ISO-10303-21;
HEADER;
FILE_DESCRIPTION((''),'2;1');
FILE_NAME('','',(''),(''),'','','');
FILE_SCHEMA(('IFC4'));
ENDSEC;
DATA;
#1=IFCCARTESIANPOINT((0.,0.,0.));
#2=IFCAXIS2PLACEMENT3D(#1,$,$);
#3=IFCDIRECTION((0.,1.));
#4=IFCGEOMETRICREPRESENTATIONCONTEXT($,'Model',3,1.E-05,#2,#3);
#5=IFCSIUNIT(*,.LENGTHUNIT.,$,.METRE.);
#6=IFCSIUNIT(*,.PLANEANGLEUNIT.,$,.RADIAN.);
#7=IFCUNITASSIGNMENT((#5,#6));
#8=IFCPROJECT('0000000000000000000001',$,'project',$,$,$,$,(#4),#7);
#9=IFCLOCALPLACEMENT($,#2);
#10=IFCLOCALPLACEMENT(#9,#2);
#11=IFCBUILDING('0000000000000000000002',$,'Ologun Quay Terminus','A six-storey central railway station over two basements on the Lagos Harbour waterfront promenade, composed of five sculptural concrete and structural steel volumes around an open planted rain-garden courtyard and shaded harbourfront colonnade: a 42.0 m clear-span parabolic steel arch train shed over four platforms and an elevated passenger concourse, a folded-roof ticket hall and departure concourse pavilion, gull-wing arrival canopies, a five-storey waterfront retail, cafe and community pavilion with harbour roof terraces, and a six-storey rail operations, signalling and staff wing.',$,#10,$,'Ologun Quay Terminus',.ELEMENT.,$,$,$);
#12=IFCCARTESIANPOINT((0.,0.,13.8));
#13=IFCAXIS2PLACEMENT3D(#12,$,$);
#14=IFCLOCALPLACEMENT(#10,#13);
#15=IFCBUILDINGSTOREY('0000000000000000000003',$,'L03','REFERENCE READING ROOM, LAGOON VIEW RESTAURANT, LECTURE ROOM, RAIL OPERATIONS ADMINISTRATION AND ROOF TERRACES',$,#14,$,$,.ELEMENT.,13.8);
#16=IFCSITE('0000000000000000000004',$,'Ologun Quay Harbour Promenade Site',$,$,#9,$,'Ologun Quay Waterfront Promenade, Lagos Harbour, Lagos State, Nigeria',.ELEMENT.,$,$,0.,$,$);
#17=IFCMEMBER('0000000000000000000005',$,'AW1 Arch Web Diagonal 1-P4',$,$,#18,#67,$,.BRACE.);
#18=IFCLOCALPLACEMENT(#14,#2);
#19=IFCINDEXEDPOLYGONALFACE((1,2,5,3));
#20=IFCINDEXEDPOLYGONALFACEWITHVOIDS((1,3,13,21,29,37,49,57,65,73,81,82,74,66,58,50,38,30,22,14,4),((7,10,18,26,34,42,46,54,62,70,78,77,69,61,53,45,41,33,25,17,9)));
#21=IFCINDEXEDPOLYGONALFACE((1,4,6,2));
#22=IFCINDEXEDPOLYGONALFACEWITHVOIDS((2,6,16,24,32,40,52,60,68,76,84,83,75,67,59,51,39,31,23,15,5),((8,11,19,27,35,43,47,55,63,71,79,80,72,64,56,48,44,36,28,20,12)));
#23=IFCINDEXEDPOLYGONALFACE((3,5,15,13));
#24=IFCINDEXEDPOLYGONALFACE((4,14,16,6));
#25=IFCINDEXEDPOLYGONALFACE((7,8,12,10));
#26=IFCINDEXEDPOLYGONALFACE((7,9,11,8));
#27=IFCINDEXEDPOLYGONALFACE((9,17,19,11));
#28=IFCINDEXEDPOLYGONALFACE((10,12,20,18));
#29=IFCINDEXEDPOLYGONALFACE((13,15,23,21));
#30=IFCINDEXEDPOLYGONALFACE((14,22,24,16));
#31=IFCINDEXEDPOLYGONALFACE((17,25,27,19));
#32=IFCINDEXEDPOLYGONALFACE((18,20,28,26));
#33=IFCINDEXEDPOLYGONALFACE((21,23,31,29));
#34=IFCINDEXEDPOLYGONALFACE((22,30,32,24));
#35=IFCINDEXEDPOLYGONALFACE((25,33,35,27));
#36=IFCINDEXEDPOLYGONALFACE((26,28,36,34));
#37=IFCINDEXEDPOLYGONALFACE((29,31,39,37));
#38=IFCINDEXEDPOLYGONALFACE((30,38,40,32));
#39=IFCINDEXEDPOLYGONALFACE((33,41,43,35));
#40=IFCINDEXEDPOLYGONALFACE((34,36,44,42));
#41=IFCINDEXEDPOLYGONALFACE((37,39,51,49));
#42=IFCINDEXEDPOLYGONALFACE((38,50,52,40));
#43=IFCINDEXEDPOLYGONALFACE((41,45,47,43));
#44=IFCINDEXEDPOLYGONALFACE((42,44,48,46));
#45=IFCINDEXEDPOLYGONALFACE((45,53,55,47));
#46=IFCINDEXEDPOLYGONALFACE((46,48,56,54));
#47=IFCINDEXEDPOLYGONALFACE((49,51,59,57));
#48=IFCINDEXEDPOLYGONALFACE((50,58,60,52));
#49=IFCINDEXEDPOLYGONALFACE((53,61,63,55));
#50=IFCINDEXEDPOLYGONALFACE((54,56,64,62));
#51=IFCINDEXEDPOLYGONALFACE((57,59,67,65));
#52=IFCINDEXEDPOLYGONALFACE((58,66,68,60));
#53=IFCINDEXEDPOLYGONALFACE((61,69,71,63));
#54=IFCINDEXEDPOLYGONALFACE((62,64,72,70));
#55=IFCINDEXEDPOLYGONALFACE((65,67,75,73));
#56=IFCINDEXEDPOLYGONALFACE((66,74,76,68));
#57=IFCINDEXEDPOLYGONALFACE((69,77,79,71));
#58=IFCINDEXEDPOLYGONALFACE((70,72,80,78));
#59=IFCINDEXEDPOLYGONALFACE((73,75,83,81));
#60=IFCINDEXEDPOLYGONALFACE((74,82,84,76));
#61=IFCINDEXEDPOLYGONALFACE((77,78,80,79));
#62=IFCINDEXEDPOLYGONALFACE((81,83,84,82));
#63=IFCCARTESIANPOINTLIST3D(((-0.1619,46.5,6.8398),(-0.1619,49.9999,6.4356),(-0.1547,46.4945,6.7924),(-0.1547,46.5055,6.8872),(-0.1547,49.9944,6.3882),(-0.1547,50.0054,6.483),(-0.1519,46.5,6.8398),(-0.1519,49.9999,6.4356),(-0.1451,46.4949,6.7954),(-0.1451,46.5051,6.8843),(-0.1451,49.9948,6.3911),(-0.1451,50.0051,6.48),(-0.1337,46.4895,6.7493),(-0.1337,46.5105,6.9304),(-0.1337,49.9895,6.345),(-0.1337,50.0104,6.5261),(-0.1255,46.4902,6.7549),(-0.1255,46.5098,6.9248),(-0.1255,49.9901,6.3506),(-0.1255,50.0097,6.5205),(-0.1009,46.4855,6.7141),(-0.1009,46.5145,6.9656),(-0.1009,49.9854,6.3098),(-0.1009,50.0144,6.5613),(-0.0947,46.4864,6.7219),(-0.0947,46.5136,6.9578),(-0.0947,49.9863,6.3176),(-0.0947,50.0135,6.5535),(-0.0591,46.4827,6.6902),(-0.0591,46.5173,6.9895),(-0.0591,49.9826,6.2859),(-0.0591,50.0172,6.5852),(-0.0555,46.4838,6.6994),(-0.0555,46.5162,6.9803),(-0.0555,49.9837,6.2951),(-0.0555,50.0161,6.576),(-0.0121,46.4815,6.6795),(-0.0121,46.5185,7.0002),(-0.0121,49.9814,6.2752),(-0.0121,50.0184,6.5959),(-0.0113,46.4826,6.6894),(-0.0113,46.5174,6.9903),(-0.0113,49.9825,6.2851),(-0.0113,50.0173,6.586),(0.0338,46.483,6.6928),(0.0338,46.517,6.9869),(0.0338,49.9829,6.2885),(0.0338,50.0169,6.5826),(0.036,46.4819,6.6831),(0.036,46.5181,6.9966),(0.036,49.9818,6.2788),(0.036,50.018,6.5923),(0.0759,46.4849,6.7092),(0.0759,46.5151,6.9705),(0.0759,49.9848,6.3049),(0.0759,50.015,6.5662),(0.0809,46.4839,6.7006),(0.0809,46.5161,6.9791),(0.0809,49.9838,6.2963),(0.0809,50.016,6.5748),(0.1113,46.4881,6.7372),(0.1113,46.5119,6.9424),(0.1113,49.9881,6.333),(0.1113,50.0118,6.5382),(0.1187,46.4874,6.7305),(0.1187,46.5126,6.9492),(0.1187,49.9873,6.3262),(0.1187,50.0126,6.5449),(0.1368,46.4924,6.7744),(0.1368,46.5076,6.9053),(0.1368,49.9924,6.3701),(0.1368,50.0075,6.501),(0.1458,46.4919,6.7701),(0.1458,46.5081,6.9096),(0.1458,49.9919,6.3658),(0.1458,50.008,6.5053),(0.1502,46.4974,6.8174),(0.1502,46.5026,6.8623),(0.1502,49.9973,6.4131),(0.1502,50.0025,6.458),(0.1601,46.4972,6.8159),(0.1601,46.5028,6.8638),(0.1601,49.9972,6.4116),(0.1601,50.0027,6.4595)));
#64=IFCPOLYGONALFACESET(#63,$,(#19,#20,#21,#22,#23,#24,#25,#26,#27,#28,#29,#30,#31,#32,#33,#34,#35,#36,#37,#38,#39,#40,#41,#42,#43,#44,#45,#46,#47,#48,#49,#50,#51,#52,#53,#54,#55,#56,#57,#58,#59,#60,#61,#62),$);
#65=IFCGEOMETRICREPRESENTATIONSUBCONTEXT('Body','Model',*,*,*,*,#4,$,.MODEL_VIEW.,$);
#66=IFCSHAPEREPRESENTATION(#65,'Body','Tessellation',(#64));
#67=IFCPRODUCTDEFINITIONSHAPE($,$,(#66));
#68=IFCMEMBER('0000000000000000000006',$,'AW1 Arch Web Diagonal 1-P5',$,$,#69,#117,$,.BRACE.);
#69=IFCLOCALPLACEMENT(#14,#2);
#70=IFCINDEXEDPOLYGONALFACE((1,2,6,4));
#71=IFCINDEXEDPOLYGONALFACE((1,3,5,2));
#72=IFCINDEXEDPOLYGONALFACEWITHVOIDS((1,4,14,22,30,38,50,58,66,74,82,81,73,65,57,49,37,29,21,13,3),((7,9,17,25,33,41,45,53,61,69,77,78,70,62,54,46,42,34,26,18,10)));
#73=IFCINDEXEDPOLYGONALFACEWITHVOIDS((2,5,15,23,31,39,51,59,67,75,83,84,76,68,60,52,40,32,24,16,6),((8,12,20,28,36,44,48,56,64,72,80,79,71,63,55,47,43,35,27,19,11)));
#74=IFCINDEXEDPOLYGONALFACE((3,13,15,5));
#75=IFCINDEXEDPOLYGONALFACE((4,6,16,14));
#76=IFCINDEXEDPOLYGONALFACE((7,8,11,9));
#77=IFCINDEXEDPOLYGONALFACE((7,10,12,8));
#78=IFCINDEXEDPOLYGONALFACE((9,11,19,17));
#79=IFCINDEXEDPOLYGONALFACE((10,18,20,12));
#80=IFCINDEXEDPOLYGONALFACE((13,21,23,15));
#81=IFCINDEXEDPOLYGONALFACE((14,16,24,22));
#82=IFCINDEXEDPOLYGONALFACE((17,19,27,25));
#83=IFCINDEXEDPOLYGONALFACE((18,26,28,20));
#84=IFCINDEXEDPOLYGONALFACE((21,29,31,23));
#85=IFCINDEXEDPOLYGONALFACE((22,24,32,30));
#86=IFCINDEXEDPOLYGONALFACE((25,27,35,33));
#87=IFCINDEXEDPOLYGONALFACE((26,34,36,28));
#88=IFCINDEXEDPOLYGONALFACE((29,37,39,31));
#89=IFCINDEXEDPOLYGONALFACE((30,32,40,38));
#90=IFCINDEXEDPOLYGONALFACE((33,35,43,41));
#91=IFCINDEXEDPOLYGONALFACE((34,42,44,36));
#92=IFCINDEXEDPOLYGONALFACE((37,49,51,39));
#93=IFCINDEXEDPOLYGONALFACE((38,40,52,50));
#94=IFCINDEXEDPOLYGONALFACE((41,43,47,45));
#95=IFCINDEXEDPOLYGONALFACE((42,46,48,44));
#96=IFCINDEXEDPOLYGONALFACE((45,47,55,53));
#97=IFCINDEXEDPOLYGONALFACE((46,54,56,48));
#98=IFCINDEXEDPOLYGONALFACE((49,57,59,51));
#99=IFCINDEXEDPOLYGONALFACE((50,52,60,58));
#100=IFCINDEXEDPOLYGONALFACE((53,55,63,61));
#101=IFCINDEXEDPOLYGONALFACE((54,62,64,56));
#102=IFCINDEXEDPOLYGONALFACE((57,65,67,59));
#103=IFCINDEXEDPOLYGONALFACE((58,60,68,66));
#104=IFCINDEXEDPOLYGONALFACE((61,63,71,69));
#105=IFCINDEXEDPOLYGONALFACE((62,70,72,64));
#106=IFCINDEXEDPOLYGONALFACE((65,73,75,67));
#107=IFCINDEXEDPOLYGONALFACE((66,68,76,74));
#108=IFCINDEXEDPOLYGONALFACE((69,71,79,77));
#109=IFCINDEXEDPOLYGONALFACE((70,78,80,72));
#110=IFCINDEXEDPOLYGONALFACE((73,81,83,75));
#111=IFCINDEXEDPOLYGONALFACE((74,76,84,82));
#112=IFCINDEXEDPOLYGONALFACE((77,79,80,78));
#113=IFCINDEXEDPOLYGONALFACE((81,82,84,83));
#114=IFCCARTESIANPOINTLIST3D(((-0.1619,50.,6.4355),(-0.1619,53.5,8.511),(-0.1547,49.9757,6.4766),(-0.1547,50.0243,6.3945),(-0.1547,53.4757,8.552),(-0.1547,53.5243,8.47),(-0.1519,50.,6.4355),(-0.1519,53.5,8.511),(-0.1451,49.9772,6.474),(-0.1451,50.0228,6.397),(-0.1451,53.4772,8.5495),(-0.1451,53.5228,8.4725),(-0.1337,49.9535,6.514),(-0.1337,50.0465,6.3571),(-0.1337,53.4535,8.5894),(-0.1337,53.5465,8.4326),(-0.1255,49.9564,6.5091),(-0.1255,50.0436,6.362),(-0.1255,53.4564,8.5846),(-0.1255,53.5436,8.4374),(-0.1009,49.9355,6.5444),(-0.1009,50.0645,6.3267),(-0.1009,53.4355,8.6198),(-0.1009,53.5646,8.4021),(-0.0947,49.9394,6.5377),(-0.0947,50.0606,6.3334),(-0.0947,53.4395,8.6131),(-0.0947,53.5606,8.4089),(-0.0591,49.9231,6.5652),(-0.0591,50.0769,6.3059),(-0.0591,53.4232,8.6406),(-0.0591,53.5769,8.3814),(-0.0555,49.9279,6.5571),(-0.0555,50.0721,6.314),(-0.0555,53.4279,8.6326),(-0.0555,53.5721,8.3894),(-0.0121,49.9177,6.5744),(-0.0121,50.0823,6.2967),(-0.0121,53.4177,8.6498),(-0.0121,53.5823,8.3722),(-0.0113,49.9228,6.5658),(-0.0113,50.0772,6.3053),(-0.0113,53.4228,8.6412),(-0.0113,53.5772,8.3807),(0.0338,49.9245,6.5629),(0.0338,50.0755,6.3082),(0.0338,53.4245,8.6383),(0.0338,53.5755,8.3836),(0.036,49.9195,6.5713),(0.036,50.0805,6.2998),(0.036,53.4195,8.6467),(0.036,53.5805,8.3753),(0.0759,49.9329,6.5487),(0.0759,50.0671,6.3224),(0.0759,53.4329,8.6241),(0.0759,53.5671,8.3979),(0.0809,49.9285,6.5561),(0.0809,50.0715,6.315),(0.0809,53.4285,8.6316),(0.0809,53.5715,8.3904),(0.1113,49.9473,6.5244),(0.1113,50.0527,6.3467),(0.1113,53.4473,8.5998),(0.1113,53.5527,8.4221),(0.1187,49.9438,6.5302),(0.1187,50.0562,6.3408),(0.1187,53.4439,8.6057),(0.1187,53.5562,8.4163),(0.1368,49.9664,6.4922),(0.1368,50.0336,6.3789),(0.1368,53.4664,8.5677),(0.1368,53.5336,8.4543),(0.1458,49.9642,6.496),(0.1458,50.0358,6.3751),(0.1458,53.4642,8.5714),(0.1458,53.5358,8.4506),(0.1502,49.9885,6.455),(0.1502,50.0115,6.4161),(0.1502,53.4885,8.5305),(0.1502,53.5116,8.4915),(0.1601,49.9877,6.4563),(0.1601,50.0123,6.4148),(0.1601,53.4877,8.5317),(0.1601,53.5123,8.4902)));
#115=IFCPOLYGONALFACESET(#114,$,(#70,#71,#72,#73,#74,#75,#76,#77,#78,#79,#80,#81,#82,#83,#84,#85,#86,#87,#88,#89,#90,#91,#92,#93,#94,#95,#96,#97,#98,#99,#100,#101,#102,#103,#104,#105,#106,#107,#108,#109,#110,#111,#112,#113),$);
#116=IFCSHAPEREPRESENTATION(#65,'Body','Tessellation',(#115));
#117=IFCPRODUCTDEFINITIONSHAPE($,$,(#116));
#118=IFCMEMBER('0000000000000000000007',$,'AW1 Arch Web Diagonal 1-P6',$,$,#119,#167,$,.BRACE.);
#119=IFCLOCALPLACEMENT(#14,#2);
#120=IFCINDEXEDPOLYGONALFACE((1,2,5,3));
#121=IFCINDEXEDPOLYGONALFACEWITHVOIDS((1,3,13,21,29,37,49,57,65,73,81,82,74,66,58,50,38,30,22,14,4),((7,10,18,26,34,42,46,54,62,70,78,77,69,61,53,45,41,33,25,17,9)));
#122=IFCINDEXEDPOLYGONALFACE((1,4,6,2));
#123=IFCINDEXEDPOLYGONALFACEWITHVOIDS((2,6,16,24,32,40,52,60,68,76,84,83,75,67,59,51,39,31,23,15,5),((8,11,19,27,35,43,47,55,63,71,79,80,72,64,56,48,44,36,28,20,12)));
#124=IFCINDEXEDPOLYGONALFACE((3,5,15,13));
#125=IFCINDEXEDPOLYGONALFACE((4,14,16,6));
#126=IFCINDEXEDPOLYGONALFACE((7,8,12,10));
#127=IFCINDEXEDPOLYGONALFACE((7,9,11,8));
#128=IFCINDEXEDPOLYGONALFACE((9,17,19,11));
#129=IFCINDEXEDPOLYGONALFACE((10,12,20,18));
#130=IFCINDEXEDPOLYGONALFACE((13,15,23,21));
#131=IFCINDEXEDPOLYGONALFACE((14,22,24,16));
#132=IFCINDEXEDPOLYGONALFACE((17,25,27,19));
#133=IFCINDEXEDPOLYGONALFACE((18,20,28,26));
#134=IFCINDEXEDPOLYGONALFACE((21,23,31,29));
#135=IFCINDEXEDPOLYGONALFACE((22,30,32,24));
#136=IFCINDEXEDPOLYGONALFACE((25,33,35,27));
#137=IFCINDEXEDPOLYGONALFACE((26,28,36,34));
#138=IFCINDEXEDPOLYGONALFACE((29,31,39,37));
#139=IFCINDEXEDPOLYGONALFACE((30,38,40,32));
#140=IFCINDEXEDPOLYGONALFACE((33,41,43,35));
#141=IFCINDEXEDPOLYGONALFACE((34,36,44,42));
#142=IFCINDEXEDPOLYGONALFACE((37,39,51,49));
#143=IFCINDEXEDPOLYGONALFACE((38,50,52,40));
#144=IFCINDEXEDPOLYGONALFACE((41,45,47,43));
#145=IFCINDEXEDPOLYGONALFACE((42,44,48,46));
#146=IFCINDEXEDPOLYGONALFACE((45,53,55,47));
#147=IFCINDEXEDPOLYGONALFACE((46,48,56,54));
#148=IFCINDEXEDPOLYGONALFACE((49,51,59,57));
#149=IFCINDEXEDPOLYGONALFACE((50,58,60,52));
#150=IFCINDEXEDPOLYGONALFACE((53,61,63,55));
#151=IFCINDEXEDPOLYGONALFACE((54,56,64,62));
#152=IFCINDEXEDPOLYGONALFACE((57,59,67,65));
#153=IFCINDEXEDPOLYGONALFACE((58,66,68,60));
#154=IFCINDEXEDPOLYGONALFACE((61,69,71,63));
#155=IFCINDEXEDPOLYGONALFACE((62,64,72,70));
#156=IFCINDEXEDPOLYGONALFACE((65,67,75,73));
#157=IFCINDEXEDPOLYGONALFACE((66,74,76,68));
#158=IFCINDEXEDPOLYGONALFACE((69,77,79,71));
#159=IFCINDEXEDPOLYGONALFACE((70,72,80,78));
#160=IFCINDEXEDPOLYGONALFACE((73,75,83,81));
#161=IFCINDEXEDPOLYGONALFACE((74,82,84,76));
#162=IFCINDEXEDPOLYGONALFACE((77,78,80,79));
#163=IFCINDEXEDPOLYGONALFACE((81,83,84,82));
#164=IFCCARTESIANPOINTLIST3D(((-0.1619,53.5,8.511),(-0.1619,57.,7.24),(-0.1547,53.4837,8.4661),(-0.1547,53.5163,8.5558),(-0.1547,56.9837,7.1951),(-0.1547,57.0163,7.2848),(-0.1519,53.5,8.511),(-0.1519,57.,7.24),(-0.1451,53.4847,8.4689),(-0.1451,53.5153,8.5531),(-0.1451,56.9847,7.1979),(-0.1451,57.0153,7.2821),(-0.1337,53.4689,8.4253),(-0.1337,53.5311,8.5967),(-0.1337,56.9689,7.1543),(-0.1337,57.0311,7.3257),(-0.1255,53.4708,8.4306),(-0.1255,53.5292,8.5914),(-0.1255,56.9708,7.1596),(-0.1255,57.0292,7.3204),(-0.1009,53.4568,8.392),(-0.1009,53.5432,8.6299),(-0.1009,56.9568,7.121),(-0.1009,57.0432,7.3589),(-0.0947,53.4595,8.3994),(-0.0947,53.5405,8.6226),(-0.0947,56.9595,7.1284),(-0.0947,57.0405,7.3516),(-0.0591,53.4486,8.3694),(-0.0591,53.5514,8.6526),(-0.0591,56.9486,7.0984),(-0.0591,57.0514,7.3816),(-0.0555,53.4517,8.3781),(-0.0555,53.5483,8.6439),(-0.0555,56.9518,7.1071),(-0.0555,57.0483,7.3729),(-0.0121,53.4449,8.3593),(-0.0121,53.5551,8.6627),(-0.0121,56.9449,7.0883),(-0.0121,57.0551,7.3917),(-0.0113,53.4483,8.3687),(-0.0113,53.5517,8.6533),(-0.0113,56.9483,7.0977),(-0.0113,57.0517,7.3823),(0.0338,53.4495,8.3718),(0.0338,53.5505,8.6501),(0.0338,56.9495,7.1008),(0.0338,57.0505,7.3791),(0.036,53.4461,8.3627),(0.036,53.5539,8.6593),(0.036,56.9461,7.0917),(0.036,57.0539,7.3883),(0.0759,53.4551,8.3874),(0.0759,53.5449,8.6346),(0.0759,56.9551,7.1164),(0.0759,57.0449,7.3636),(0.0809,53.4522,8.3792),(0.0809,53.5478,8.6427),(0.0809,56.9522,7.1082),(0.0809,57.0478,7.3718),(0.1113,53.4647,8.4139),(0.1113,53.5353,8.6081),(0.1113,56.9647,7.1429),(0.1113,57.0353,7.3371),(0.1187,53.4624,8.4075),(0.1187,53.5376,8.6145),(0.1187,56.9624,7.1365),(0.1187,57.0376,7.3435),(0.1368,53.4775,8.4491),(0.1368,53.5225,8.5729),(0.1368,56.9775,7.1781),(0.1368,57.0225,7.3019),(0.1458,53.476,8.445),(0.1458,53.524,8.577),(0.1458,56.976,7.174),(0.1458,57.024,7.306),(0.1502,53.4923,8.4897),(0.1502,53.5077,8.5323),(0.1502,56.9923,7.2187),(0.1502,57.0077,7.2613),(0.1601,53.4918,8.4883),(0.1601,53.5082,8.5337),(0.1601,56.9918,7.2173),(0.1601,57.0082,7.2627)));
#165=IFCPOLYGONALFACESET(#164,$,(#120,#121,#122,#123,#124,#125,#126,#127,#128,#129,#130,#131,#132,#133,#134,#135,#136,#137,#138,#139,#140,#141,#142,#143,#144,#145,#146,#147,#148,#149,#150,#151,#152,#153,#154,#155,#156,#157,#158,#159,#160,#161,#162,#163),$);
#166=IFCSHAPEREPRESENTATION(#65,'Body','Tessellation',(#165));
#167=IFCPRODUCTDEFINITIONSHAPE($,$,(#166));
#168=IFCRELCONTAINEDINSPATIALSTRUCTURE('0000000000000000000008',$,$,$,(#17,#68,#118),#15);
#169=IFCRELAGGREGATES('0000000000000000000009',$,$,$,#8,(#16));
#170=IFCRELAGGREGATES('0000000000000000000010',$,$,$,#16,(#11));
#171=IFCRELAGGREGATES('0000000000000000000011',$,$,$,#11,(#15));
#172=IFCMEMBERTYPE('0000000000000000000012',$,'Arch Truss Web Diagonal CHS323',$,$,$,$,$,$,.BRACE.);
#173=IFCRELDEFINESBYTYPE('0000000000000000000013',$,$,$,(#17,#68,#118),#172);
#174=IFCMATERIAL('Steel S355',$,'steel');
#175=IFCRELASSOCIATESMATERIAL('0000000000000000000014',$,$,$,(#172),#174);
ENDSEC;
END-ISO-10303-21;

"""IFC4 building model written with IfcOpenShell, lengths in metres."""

from ifc_helpers import new_model, si_unit, direction, frame, origin, origin_2d, place, context, subcontext, project, spatial, hollow_circle, extrude, material, material_profile, profile_set, type_object, element, save


model = new_model("IFC4")

# Units and contexts
model_context = context("Model", 3, precision=1e-05, world=origin(), true_north=direction((0.0, 1.0)))
body_context = subcontext(model_context, "Body", "Model", "MODEL_VIEW")
ifc_project = project(units=[si_unit("LENGTHUNIT", "METRE"), si_unit("PLANEANGLEUNIT", "RADIAN")], contexts=[model_context])

# Site, building, storey
site_placement = place(None, origin())
site = spatial("IfcSite", under=ifc_project, at=site_placement, Name="Ologun Quay Harbour Promenade Site", LongName="Ologun Quay Waterfront Promenade, Lagos Harbour, Lagos State, Nigeria", CompositionType="ELEMENT", RefElevation=0.0)
building_placement = place(site_placement, origin())
building = spatial("IfcBuilding", under=site, at=building_placement, Name="Ologun Quay Terminus", Description="A six-storey central railway station over two basements on the Lagos Harbour waterfront promenade, composed of five sculptural concrete and structural steel volumes around an open planted rain-garden courtyard and shaded harbourfront colonnade: a 42.0 m clear-span parabolic steel arch train shed over four platforms and an elevated passenger concourse, a folded-roof ticket hall and departure concourse pavilion, gull-wing arrival canopies, a five-storey waterfront retail, cafe and community pavilion with harbour roof terraces, and a six-storey rail operations, signalling and staff wing.", LongName="Ologun Quay Terminus", CompositionType="ELEMENT")
storey_placement = place(building_placement, frame((0.0, 0.0, 13.8)))
storey = spatial("IfcBuildingStorey", under=building, at=storey_placement, Name="L03", Description="REFERENCE READING ROOM, LAGOON VIEW RESTAURANT, LECTURE ROOM, RAIL OPERATIONS ADMINISTRATION AND ROOF TERRACES", CompositionType="ELEMENT", Elevation=13.8)

# Members
ifc_material_1 = material(Name="Steel S355", Category="steel")
ifc_material_profile_1 = material_profile(ifc_material_1, hollow_circle(Radius=0.1619, WallThickness=0.01, at=origin_2d()), Name="CHS 323.9x10")
ifc_profile_set_1 = profile_set([ifc_material_profile_1], Name="Steel S355")
member_type_1 = type_object("IfcMemberType", Name="Arch Truss Web Diagonal CHS323", PredefinedType="BRACE", material=ifc_profile_set_1)
member_1_placement = place(storey_placement, frame((0.0, 46.5, 6.8398), z_axis=(0.0, 0.993394, -0.11475), x_axis=(-1.0, 0.0, 0.0)))
element("IfcMember", 1, at=member_1_placement, inside=storey, type_object=member_type_1, Name="AW1 Arch Web Diagonal 1-P4", PredefinedType="BRACE", context=body_context, shape_type="SweptSolid", body=[
    extrude(hollow_circle(Radius=0.1619, WallThickness=0.01, at=origin_2d()), origin(), (0.0, 0.0, 1.0), 3.5232),
])
member_2_placement = place(storey_placement, frame((0.0, 50.0, 6.4355), z_axis=(0.0, 0.860144, 0.510051), x_axis=(-1.0, 0.0, 0.0)))
element("IfcMember", 2, at=member_2_placement, inside=storey, type_object=member_type_1, Name="AW1 Arch Web Diagonal 1-P5", PredefinedType="BRACE", context=body_context, shape_type="SweptSolid", body=[
    extrude(hollow_circle(Radius=0.1619, WallThickness=0.01, at=origin_2d()), origin(), (0.0, 0.0, 1.0), 4.0691),
])
member_3_placement = place(storey_placement, frame((0.0, 53.5, 8.511), z_axis=(0.0, 0.939943, -0.341332), x_axis=(-1.0, 0.0, 0.0)))
element("IfcMember", 3, at=member_3_placement, inside=storey, type_object=member_type_1, Name="AW1 Arch Web Diagonal 1-P6", PredefinedType="BRACE", context=body_context, shape_type="SweptSolid", body=[
    extrude(hollow_circle(Radius=0.1619, WallThickness=0.01, at=origin_2d()), origin(), (0.0, 0.0, 1.0), 3.7236),
])

save(model, "model.ifc")
